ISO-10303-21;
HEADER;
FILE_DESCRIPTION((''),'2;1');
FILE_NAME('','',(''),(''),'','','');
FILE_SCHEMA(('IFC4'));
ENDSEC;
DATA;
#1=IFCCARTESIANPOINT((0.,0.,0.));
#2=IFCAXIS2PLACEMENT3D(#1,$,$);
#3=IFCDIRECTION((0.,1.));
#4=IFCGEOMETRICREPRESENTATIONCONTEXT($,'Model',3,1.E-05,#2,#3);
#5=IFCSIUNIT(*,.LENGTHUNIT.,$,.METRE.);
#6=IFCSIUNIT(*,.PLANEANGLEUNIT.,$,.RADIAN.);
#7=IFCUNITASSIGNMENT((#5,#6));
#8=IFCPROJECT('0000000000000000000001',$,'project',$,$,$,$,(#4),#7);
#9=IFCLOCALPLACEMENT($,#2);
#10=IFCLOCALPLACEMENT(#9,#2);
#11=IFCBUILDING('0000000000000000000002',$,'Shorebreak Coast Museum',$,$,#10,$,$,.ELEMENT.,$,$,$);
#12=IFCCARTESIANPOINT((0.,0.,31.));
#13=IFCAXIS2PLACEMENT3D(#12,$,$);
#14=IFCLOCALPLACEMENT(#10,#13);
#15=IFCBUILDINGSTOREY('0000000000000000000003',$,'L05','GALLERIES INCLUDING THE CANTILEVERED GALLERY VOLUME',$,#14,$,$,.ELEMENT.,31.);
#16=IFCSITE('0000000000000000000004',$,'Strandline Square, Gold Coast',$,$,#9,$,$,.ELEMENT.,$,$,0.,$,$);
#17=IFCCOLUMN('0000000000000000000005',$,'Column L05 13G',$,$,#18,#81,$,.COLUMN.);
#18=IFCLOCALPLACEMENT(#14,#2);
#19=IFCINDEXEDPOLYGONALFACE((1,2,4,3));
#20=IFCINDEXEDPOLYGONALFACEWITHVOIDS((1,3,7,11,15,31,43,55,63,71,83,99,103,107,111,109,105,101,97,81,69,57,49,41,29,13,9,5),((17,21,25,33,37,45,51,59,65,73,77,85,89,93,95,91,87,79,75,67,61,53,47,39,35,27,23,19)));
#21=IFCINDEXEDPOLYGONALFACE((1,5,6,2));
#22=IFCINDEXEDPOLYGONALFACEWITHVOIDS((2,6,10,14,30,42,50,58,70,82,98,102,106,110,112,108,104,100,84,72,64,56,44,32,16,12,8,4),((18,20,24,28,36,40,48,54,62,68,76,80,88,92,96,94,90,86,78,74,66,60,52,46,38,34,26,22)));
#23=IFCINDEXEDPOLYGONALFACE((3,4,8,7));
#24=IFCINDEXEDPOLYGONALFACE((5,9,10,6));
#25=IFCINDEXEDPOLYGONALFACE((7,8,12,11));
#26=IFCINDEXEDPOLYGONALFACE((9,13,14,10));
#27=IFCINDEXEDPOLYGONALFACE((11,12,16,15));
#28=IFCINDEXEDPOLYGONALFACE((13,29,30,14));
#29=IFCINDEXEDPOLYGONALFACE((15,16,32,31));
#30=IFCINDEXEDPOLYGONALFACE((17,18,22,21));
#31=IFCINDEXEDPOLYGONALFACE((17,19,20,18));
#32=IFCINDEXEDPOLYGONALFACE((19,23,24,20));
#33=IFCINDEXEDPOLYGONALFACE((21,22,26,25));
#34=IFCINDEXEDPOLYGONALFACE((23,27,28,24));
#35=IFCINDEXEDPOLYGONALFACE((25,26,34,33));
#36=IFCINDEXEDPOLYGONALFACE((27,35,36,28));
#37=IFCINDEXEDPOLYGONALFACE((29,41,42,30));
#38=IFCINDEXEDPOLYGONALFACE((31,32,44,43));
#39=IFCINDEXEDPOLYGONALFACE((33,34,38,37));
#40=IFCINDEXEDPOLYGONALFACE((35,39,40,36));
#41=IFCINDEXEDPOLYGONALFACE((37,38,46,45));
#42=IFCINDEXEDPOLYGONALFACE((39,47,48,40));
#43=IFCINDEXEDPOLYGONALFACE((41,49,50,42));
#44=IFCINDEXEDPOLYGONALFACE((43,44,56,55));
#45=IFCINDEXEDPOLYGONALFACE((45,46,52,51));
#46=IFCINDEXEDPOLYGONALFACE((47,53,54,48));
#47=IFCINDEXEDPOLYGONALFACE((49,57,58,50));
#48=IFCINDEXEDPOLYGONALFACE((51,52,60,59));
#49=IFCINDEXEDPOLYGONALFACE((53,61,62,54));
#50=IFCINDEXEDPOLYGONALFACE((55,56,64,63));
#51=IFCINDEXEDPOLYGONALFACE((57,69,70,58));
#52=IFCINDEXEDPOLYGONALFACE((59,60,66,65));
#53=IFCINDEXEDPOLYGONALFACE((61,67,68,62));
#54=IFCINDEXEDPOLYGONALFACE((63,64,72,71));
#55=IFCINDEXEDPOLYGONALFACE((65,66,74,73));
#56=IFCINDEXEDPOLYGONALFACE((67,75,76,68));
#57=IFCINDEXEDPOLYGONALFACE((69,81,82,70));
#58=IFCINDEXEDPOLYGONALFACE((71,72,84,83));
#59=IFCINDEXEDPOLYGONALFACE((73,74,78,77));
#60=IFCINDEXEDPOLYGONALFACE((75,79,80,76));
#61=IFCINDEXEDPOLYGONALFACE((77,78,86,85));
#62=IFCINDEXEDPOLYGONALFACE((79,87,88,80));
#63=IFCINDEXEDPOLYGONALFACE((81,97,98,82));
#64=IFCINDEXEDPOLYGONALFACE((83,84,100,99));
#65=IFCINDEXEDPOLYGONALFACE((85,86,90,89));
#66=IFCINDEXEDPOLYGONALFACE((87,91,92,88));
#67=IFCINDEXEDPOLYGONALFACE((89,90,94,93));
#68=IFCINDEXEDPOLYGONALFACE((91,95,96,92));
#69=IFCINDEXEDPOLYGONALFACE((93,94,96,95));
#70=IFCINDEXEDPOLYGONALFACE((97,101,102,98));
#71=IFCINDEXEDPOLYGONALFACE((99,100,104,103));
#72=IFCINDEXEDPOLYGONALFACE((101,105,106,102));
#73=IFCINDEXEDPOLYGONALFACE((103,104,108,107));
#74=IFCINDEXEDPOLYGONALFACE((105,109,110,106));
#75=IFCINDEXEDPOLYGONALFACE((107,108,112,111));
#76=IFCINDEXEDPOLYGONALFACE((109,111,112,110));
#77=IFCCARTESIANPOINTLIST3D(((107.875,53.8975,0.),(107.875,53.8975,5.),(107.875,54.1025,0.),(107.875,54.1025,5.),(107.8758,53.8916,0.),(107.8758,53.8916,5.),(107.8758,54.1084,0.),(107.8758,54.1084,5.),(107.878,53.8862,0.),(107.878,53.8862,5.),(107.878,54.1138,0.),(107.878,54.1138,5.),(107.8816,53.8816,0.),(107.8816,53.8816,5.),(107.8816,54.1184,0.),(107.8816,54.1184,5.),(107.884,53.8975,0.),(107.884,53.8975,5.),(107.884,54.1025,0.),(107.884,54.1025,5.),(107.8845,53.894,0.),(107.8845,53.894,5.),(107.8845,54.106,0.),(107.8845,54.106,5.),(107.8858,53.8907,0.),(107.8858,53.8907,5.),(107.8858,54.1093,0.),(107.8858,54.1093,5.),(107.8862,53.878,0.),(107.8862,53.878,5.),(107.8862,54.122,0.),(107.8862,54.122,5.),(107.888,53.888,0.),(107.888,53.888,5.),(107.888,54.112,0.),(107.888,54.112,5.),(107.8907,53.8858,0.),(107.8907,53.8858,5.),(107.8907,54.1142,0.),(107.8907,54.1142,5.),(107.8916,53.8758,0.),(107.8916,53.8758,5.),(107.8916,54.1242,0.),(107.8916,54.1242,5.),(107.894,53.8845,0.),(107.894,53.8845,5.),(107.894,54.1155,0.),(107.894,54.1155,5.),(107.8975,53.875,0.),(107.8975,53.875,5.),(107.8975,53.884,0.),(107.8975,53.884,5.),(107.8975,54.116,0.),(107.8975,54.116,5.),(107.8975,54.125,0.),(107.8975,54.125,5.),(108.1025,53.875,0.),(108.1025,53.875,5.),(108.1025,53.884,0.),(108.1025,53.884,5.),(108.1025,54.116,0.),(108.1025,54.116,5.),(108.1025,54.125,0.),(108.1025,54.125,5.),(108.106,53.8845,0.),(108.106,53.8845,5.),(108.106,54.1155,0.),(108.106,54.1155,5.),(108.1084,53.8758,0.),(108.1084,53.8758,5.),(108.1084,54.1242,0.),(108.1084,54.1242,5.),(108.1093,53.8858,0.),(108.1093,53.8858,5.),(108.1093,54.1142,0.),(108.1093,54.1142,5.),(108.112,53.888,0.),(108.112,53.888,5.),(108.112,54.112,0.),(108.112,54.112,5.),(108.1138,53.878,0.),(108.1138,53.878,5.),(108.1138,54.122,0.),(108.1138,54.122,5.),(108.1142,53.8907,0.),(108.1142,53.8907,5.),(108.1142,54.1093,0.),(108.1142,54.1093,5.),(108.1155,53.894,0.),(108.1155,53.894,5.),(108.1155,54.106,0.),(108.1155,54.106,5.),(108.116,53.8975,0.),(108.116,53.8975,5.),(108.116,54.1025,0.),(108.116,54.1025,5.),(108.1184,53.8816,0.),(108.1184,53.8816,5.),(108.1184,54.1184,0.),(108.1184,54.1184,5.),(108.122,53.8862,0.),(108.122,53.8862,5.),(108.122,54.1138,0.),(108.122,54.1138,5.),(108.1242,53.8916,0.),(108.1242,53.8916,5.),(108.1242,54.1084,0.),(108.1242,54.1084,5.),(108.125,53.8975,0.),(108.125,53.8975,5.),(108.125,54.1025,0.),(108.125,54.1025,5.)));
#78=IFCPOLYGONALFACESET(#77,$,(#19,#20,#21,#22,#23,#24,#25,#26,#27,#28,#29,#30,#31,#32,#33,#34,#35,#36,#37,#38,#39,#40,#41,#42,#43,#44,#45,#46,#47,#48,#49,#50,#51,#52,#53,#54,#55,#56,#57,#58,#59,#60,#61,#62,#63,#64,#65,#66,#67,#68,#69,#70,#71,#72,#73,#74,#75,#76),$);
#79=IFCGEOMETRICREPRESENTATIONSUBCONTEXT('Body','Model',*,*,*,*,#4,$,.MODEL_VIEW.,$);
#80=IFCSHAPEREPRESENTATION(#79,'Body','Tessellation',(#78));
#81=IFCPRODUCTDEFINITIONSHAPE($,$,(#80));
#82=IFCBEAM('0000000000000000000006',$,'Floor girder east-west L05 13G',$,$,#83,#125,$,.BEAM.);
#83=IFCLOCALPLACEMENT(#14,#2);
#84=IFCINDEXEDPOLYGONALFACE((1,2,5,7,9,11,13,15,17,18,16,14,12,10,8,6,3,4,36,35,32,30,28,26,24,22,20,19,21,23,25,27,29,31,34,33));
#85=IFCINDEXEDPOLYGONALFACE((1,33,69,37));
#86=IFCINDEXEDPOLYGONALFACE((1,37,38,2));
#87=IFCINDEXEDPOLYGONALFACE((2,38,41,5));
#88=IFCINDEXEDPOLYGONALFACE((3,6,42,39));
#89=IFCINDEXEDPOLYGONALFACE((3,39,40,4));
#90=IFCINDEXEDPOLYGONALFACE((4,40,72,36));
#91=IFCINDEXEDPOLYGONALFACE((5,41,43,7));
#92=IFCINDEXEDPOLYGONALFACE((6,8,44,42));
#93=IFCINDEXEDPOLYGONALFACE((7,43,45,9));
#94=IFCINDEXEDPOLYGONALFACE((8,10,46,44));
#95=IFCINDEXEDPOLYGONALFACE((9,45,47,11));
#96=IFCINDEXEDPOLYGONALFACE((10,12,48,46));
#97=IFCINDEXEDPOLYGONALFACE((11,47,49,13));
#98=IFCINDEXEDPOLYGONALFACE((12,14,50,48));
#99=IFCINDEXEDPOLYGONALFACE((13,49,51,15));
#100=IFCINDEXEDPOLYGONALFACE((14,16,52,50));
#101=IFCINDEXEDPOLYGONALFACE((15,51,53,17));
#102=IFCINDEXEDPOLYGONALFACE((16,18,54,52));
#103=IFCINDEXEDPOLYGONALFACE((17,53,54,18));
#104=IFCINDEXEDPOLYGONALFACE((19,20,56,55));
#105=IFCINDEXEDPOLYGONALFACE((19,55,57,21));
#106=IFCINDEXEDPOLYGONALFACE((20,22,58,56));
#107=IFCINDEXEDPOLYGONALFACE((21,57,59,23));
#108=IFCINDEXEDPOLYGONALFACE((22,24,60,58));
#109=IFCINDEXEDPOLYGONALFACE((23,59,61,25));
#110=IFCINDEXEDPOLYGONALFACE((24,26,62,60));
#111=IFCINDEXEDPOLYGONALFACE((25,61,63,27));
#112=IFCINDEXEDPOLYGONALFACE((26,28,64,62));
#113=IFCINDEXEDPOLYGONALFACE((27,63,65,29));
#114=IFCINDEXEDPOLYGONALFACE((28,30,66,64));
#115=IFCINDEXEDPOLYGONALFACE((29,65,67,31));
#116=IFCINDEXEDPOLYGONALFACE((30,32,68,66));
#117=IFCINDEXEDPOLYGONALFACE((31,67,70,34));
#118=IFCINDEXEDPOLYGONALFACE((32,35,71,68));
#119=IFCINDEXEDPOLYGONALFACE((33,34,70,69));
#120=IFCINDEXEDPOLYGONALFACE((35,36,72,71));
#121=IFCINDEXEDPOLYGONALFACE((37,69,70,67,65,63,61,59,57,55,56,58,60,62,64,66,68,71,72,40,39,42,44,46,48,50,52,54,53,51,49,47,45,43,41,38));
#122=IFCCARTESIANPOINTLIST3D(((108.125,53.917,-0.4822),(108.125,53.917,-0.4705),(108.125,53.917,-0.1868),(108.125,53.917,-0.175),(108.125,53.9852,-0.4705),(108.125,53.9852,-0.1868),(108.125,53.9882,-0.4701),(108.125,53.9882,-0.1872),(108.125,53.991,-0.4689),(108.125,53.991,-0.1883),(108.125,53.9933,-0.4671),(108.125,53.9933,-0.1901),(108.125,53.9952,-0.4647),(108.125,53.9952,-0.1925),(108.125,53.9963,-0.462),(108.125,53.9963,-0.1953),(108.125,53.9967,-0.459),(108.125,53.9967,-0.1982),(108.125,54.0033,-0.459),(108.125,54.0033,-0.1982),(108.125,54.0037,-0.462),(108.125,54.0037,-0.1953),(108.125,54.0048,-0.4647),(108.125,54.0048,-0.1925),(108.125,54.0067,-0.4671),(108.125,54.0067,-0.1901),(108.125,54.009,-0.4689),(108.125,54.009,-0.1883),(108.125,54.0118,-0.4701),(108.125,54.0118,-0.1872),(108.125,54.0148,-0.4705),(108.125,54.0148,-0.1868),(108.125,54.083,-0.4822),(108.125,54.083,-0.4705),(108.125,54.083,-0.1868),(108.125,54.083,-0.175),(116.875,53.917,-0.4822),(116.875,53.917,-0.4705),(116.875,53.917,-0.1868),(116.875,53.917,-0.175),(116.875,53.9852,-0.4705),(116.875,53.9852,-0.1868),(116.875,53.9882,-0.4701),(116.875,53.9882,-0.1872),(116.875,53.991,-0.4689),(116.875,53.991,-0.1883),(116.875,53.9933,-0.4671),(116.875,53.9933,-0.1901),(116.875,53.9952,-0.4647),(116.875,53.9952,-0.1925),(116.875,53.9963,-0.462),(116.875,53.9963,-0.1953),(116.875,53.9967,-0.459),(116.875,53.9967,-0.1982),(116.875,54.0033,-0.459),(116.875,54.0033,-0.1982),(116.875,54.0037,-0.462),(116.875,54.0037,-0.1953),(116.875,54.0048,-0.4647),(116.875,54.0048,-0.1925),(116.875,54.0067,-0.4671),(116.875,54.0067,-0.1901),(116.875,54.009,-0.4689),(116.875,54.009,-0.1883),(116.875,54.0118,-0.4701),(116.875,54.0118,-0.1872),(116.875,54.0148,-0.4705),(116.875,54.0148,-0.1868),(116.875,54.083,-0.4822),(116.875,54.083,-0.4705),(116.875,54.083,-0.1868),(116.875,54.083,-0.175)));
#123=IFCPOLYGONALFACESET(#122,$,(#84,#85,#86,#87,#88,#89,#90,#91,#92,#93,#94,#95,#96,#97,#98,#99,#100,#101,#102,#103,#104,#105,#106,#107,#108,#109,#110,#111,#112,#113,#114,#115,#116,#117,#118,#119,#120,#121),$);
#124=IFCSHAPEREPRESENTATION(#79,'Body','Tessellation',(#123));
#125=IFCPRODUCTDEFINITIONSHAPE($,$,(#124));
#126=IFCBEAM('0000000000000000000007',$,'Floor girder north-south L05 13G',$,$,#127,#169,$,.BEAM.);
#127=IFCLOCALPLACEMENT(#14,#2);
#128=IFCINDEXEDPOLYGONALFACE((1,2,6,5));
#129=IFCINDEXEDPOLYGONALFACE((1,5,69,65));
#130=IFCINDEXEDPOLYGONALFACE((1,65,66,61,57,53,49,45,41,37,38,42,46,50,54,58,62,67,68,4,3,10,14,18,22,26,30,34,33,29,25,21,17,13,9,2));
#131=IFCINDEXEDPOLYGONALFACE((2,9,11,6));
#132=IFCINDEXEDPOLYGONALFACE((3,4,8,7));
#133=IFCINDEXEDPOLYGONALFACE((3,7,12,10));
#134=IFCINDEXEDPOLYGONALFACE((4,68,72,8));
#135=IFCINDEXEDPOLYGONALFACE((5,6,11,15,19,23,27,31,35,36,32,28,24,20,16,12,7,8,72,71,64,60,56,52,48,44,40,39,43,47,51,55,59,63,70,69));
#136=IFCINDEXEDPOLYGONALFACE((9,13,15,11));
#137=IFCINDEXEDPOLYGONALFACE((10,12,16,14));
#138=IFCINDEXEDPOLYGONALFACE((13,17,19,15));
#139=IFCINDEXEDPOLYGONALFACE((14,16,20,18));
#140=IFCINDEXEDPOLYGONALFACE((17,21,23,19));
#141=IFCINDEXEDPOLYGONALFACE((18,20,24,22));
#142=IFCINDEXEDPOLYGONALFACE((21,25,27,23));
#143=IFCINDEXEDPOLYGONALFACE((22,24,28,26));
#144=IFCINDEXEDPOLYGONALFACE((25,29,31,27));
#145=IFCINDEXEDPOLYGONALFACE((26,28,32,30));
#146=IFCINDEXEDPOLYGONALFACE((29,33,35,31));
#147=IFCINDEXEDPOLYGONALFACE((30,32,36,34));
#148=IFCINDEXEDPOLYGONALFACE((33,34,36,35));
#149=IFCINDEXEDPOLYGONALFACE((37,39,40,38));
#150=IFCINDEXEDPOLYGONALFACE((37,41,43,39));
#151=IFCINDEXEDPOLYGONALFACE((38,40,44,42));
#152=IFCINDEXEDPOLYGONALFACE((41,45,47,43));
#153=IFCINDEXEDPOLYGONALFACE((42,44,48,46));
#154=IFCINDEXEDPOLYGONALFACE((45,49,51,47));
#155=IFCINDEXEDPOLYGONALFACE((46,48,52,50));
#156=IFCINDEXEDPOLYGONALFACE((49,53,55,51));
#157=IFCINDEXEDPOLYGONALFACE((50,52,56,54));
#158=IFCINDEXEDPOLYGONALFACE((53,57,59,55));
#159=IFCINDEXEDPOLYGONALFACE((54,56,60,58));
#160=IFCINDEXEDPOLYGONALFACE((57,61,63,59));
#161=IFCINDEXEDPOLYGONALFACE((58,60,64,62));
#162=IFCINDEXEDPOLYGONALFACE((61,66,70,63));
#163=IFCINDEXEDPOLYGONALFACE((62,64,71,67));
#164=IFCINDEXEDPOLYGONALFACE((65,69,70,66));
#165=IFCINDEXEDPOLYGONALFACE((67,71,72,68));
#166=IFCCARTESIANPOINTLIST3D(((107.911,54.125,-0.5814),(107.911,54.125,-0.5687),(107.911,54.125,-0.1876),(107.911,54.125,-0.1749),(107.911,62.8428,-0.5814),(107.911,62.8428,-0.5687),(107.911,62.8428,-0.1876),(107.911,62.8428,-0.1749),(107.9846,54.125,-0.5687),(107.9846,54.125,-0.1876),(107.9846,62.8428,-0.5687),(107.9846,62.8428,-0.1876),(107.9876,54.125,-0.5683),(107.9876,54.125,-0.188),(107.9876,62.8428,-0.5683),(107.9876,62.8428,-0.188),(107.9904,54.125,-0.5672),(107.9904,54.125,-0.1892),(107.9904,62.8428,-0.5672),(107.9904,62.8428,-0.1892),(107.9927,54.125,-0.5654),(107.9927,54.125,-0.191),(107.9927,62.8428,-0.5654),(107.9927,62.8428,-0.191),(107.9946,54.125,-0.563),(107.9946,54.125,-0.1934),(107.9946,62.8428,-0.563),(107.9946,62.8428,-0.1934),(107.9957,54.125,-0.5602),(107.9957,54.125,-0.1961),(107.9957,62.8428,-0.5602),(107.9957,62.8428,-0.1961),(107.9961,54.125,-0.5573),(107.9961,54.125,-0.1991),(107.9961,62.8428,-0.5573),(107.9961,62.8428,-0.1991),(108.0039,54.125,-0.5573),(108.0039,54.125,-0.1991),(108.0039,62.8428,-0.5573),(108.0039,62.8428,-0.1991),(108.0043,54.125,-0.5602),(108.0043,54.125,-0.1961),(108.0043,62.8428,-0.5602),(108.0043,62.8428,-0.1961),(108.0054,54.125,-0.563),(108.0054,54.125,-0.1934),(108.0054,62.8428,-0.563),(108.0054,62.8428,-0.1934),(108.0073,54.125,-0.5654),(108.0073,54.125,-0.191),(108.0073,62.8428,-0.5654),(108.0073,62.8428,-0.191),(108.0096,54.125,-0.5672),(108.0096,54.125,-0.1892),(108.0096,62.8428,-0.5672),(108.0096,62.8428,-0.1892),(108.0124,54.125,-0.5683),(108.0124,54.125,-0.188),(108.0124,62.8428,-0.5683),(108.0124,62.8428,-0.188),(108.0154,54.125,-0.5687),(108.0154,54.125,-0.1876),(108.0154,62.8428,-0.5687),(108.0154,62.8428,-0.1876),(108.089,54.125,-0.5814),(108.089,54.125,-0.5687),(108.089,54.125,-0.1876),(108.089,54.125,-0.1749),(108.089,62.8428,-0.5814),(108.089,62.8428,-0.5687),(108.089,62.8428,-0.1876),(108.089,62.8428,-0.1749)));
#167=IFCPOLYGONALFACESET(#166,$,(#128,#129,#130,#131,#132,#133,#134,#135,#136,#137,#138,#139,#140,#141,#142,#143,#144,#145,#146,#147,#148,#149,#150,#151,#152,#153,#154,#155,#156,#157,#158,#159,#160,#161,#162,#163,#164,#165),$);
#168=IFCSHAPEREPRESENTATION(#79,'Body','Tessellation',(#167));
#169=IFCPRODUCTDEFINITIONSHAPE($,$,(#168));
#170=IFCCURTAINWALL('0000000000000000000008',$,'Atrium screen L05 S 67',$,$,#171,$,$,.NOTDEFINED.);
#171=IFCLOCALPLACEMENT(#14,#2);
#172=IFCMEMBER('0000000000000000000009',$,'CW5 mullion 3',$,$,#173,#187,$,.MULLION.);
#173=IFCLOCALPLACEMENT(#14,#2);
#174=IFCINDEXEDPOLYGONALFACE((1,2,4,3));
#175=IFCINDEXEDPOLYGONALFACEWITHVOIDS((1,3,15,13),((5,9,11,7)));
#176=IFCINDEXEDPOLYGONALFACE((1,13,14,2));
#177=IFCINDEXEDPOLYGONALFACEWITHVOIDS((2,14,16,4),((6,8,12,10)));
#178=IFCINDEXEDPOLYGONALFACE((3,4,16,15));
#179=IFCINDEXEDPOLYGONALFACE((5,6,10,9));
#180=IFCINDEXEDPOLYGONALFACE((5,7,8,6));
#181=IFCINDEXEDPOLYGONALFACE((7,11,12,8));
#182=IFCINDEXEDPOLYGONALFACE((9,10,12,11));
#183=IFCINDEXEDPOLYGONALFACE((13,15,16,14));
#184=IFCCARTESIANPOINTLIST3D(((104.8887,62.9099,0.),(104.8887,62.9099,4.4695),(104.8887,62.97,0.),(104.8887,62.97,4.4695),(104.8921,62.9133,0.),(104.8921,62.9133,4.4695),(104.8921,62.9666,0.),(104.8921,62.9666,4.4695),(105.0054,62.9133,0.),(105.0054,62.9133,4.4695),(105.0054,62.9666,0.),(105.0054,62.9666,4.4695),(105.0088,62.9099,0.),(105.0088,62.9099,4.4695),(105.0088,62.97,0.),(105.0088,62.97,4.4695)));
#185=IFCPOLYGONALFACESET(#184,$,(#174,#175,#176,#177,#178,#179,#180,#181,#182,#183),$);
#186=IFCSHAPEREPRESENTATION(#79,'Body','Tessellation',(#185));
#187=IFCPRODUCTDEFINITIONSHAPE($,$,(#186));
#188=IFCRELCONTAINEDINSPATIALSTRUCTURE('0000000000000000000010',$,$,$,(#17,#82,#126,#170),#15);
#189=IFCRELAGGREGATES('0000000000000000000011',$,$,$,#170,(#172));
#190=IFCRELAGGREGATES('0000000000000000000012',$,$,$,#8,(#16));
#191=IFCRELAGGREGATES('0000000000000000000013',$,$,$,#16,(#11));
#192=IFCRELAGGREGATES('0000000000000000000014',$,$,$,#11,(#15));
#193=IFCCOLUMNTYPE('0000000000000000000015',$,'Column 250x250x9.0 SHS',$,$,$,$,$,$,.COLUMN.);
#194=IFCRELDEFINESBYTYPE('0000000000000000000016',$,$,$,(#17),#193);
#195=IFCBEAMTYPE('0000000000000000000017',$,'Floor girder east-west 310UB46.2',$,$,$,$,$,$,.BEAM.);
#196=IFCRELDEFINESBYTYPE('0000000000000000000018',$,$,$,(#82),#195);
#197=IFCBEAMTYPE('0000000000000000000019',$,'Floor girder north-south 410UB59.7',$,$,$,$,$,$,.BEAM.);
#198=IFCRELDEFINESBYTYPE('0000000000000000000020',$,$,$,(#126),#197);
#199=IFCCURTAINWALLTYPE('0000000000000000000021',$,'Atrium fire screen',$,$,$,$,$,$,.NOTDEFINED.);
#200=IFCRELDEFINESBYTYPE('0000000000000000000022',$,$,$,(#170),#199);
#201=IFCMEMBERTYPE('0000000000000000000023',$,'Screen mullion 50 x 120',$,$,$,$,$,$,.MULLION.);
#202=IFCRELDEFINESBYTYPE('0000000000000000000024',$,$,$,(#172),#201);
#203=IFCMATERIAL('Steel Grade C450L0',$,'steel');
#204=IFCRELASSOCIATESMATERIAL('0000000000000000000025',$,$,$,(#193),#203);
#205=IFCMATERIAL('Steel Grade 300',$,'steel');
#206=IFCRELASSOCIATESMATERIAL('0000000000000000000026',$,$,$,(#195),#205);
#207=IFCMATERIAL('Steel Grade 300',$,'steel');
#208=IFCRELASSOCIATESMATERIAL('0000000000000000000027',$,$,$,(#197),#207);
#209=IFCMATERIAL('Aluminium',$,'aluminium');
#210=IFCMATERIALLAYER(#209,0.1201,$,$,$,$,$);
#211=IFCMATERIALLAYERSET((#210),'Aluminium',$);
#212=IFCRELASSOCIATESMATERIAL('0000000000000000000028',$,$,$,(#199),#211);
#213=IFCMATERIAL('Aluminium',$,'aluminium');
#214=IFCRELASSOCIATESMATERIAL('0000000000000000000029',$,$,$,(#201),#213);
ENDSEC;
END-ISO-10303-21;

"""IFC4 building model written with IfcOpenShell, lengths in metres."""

from ifc_helpers import new_model, si_unit, direction, frame, origin, origin_2d, place, context, subcontext, project, spatial, hollow_rectangle, i_section, extrude, material, layer, layer_set, material_profile, profile_set, type_object, element, aggregate, save


model = new_model("IFC4")

# Units and contexts
model_context = context("Model", 3, precision=1e-05, world=origin(), true_north=direction((0.0, 1.0)))
body_context = subcontext(model_context, "Body", "Model", "MODEL_VIEW")
ifc_project = project(units=[si_unit("LENGTHUNIT", "METRE"), si_unit("PLANEANGLEUNIT", "RADIAN")], contexts=[model_context])

# Site, building, storey
site_placement = place(None, origin())
site = spatial("IfcSite", under=ifc_project, at=site_placement, Name="Strandline Square, Gold Coast", CompositionType="ELEMENT", RefElevation=0.0)
building_placement = place(site_placement, origin())
building = spatial("IfcBuilding", under=site, at=building_placement, Name="Shorebreak Coast Museum", CompositionType="ELEMENT")
storey_placement = place(building_placement, frame((0.0, 0.0, 31.0)))
storey = spatial("IfcBuildingStorey", under=building, at=storey_placement, Name="L05", Description="GALLERIES INCLUDING THE CANTILEVERED GALLERY VOLUME", CompositionType="ELEMENT", Elevation=31.0)

# Column
ifc_material_1 = material(Name="Steel Grade C450L0", Category="steel")
ifc_material_profile_1 = material_profile(ifc_material_1, hollow_rectangle(XDim=0.25, YDim=0.25, WallThickness=0.009, InnerFilletRadius=0.0134, OuterFilletRadius=0.0225, at=origin_2d()), Name="250x250x9.0 SHS")
ifc_profile_set_1 = profile_set([ifc_material_profile_1], Name="Steel Grade C450L0")
column_type = type_object("IfcColumnType", Name="Column 250x250x9.0 SHS", PredefinedType="COLUMN", material=ifc_profile_set_1)
column_placement = place(storey_placement, frame((108.0, 54.0, 0.0), z_axis=(0.0, 0.0, 1.0), x_axis=(1.0, 0.0, 0.0)))
element("IfcColumn", 1, at=column_placement, inside=storey, type_object=column_type, Name="Column L05 13G", PredefinedType="COLUMN", context=body_context, shape_type="SweptSolid", body=[
    extrude(hollow_rectangle(XDim=0.25, YDim=0.25, WallThickness=0.009, InnerFilletRadius=0.0134, OuterFilletRadius=0.0225, at=origin_2d()), origin(), (0.0, 0.0, 1.0), 5.0),
])

# Beams
ifc_material_2 = material(Name="Steel Grade 300", Category="steel")
ifc_material_profile_2 = material_profile(ifc_material_2, i_section(OverallWidth=0.166, OverallDepth=0.3071, WebThickness=0.0066, FlangeThickness=0.0117, FilletRadius=0.0115, at=origin_2d()), Name="310UB46.2")
ifc_profile_set_2 = profile_set([ifc_material_profile_2], Name="Steel Grade 300")
beam_type_1 = type_object("IfcBeamType", Name="Floor girder east-west 310UB46.2", PredefinedType="BEAM", material=ifc_profile_set_2)
beam_1_placement = place(storey_placement, frame((108.125, 54.0, -0.3286), z_axis=(1.0, 0.0, 0.0), x_axis=(0.0, 1.0, 0.0)))
element("IfcBeam", 2, at=beam_1_placement, inside=storey, type_object=beam_type_1, Name="Floor girder east-west L05 13G", PredefinedType="BEAM", context=body_context, shape_type="SweptSolid", body=[
    extrude(i_section(OverallWidth=0.166, OverallDepth=0.3071, WebThickness=0.0066, FlangeThickness=0.0117, FilletRadius=0.0115, at=origin_2d()), origin(), (0.0, 0.0, 1.0), 8.75),
])
ifc_material_3 = material(Name="Steel Grade 300", Category="steel")
ifc_material_profile_3 = material_profile(ifc_material_3, i_section(OverallWidth=0.178, OverallDepth=0.4065, WebThickness=0.0078, FlangeThickness=0.0127, FilletRadius=0.0115, at=origin_2d()), Name="410UB59.7")
ifc_profile_set_3 = profile_set([ifc_material_profile_3], Name="Steel Grade 300")
beam_type_2 = type_object("IfcBeamType", Name="Floor girder north-south 410UB59.7", PredefinedType="BEAM", material=ifc_profile_set_3)
beam_2_placement = place(storey_placement, frame((108.0, 54.125, -0.3782), z_axis=(0.0, 1.0, 0.0), x_axis=(-1.0, 0.0, 0.0)))
element("IfcBeam", 3, at=beam_2_placement, inside=storey, type_object=beam_type_2, Name="Floor girder north-south L05 13G", PredefinedType="BEAM", context=body_context, shape_type="SweptSolid", body=[
    extrude(i_section(OverallWidth=0.178, OverallDepth=0.4065, WebThickness=0.0078, FlangeThickness=0.0127, FilletRadius=0.0115, at=origin_2d()), origin(), (0.0, 0.0, 1.0), 8.7178),
])

# Curtain wall, member
ifc_material_4 = material(Name="Aluminium", Category="aluminium")
ifc_layer_1 = layer(ifc_material_4, 0.1201)
ifc_layer_set_1 = layer_set([ifc_layer_1], Name="Aluminium")
curtain_wall_type_1 = type_object("IfcCurtainWallType", Name="Atrium fire screen", PredefinedType="NOTDEFINED", material=ifc_layer_set_1)
curtain_wall_1_placement = place(storey_placement, origin())
curtain_wall_1 = element("IfcCurtainWall", 4, at=curtain_wall_1_placement, inside=storey, type_object=curtain_wall_type_1, Name="Atrium screen L05 S 67", PredefinedType="NOTDEFINED")
ifc_material_5 = material(Name="Aluminium", Category="aluminium")
ifc_material_profile_4 = material_profile(ifc_material_5, hollow_rectangle(XDim=0.0601, YDim=0.1201, WallThickness=0.0034, at=origin_2d()), Name="AL 120x60 RHS")
ifc_profile_set_4 = profile_set([ifc_material_profile_4], Name="Aluminium")
member_type_1 = type_object("IfcMemberType", Name="Screen mullion 50 x 120", PredefinedType="MULLION", material=ifc_profile_set_4)
member_1_placement = place(storey_placement, frame((104.9487, 62.9399, 0.0), z_axis=(0.0, 0.0, 1.0), x_axis=(0.0, 1.0, 0.0)))
member_1 = element("IfcMember", 5, at=member_1_placement, type_object=member_type_1, Name="CW5 mullion 3", PredefinedType="MULLION", context=body_context, shape_type="SweptSolid", body=[
    extrude(hollow_rectangle(XDim=0.0601, YDim=0.1201, WallThickness=0.0034, at=origin_2d()), origin(), (0.0, 0.0, 1.0), 4.4695),
])

aggregate(curtain_wall_1, [member_1])

save(model, "model.ifc")
